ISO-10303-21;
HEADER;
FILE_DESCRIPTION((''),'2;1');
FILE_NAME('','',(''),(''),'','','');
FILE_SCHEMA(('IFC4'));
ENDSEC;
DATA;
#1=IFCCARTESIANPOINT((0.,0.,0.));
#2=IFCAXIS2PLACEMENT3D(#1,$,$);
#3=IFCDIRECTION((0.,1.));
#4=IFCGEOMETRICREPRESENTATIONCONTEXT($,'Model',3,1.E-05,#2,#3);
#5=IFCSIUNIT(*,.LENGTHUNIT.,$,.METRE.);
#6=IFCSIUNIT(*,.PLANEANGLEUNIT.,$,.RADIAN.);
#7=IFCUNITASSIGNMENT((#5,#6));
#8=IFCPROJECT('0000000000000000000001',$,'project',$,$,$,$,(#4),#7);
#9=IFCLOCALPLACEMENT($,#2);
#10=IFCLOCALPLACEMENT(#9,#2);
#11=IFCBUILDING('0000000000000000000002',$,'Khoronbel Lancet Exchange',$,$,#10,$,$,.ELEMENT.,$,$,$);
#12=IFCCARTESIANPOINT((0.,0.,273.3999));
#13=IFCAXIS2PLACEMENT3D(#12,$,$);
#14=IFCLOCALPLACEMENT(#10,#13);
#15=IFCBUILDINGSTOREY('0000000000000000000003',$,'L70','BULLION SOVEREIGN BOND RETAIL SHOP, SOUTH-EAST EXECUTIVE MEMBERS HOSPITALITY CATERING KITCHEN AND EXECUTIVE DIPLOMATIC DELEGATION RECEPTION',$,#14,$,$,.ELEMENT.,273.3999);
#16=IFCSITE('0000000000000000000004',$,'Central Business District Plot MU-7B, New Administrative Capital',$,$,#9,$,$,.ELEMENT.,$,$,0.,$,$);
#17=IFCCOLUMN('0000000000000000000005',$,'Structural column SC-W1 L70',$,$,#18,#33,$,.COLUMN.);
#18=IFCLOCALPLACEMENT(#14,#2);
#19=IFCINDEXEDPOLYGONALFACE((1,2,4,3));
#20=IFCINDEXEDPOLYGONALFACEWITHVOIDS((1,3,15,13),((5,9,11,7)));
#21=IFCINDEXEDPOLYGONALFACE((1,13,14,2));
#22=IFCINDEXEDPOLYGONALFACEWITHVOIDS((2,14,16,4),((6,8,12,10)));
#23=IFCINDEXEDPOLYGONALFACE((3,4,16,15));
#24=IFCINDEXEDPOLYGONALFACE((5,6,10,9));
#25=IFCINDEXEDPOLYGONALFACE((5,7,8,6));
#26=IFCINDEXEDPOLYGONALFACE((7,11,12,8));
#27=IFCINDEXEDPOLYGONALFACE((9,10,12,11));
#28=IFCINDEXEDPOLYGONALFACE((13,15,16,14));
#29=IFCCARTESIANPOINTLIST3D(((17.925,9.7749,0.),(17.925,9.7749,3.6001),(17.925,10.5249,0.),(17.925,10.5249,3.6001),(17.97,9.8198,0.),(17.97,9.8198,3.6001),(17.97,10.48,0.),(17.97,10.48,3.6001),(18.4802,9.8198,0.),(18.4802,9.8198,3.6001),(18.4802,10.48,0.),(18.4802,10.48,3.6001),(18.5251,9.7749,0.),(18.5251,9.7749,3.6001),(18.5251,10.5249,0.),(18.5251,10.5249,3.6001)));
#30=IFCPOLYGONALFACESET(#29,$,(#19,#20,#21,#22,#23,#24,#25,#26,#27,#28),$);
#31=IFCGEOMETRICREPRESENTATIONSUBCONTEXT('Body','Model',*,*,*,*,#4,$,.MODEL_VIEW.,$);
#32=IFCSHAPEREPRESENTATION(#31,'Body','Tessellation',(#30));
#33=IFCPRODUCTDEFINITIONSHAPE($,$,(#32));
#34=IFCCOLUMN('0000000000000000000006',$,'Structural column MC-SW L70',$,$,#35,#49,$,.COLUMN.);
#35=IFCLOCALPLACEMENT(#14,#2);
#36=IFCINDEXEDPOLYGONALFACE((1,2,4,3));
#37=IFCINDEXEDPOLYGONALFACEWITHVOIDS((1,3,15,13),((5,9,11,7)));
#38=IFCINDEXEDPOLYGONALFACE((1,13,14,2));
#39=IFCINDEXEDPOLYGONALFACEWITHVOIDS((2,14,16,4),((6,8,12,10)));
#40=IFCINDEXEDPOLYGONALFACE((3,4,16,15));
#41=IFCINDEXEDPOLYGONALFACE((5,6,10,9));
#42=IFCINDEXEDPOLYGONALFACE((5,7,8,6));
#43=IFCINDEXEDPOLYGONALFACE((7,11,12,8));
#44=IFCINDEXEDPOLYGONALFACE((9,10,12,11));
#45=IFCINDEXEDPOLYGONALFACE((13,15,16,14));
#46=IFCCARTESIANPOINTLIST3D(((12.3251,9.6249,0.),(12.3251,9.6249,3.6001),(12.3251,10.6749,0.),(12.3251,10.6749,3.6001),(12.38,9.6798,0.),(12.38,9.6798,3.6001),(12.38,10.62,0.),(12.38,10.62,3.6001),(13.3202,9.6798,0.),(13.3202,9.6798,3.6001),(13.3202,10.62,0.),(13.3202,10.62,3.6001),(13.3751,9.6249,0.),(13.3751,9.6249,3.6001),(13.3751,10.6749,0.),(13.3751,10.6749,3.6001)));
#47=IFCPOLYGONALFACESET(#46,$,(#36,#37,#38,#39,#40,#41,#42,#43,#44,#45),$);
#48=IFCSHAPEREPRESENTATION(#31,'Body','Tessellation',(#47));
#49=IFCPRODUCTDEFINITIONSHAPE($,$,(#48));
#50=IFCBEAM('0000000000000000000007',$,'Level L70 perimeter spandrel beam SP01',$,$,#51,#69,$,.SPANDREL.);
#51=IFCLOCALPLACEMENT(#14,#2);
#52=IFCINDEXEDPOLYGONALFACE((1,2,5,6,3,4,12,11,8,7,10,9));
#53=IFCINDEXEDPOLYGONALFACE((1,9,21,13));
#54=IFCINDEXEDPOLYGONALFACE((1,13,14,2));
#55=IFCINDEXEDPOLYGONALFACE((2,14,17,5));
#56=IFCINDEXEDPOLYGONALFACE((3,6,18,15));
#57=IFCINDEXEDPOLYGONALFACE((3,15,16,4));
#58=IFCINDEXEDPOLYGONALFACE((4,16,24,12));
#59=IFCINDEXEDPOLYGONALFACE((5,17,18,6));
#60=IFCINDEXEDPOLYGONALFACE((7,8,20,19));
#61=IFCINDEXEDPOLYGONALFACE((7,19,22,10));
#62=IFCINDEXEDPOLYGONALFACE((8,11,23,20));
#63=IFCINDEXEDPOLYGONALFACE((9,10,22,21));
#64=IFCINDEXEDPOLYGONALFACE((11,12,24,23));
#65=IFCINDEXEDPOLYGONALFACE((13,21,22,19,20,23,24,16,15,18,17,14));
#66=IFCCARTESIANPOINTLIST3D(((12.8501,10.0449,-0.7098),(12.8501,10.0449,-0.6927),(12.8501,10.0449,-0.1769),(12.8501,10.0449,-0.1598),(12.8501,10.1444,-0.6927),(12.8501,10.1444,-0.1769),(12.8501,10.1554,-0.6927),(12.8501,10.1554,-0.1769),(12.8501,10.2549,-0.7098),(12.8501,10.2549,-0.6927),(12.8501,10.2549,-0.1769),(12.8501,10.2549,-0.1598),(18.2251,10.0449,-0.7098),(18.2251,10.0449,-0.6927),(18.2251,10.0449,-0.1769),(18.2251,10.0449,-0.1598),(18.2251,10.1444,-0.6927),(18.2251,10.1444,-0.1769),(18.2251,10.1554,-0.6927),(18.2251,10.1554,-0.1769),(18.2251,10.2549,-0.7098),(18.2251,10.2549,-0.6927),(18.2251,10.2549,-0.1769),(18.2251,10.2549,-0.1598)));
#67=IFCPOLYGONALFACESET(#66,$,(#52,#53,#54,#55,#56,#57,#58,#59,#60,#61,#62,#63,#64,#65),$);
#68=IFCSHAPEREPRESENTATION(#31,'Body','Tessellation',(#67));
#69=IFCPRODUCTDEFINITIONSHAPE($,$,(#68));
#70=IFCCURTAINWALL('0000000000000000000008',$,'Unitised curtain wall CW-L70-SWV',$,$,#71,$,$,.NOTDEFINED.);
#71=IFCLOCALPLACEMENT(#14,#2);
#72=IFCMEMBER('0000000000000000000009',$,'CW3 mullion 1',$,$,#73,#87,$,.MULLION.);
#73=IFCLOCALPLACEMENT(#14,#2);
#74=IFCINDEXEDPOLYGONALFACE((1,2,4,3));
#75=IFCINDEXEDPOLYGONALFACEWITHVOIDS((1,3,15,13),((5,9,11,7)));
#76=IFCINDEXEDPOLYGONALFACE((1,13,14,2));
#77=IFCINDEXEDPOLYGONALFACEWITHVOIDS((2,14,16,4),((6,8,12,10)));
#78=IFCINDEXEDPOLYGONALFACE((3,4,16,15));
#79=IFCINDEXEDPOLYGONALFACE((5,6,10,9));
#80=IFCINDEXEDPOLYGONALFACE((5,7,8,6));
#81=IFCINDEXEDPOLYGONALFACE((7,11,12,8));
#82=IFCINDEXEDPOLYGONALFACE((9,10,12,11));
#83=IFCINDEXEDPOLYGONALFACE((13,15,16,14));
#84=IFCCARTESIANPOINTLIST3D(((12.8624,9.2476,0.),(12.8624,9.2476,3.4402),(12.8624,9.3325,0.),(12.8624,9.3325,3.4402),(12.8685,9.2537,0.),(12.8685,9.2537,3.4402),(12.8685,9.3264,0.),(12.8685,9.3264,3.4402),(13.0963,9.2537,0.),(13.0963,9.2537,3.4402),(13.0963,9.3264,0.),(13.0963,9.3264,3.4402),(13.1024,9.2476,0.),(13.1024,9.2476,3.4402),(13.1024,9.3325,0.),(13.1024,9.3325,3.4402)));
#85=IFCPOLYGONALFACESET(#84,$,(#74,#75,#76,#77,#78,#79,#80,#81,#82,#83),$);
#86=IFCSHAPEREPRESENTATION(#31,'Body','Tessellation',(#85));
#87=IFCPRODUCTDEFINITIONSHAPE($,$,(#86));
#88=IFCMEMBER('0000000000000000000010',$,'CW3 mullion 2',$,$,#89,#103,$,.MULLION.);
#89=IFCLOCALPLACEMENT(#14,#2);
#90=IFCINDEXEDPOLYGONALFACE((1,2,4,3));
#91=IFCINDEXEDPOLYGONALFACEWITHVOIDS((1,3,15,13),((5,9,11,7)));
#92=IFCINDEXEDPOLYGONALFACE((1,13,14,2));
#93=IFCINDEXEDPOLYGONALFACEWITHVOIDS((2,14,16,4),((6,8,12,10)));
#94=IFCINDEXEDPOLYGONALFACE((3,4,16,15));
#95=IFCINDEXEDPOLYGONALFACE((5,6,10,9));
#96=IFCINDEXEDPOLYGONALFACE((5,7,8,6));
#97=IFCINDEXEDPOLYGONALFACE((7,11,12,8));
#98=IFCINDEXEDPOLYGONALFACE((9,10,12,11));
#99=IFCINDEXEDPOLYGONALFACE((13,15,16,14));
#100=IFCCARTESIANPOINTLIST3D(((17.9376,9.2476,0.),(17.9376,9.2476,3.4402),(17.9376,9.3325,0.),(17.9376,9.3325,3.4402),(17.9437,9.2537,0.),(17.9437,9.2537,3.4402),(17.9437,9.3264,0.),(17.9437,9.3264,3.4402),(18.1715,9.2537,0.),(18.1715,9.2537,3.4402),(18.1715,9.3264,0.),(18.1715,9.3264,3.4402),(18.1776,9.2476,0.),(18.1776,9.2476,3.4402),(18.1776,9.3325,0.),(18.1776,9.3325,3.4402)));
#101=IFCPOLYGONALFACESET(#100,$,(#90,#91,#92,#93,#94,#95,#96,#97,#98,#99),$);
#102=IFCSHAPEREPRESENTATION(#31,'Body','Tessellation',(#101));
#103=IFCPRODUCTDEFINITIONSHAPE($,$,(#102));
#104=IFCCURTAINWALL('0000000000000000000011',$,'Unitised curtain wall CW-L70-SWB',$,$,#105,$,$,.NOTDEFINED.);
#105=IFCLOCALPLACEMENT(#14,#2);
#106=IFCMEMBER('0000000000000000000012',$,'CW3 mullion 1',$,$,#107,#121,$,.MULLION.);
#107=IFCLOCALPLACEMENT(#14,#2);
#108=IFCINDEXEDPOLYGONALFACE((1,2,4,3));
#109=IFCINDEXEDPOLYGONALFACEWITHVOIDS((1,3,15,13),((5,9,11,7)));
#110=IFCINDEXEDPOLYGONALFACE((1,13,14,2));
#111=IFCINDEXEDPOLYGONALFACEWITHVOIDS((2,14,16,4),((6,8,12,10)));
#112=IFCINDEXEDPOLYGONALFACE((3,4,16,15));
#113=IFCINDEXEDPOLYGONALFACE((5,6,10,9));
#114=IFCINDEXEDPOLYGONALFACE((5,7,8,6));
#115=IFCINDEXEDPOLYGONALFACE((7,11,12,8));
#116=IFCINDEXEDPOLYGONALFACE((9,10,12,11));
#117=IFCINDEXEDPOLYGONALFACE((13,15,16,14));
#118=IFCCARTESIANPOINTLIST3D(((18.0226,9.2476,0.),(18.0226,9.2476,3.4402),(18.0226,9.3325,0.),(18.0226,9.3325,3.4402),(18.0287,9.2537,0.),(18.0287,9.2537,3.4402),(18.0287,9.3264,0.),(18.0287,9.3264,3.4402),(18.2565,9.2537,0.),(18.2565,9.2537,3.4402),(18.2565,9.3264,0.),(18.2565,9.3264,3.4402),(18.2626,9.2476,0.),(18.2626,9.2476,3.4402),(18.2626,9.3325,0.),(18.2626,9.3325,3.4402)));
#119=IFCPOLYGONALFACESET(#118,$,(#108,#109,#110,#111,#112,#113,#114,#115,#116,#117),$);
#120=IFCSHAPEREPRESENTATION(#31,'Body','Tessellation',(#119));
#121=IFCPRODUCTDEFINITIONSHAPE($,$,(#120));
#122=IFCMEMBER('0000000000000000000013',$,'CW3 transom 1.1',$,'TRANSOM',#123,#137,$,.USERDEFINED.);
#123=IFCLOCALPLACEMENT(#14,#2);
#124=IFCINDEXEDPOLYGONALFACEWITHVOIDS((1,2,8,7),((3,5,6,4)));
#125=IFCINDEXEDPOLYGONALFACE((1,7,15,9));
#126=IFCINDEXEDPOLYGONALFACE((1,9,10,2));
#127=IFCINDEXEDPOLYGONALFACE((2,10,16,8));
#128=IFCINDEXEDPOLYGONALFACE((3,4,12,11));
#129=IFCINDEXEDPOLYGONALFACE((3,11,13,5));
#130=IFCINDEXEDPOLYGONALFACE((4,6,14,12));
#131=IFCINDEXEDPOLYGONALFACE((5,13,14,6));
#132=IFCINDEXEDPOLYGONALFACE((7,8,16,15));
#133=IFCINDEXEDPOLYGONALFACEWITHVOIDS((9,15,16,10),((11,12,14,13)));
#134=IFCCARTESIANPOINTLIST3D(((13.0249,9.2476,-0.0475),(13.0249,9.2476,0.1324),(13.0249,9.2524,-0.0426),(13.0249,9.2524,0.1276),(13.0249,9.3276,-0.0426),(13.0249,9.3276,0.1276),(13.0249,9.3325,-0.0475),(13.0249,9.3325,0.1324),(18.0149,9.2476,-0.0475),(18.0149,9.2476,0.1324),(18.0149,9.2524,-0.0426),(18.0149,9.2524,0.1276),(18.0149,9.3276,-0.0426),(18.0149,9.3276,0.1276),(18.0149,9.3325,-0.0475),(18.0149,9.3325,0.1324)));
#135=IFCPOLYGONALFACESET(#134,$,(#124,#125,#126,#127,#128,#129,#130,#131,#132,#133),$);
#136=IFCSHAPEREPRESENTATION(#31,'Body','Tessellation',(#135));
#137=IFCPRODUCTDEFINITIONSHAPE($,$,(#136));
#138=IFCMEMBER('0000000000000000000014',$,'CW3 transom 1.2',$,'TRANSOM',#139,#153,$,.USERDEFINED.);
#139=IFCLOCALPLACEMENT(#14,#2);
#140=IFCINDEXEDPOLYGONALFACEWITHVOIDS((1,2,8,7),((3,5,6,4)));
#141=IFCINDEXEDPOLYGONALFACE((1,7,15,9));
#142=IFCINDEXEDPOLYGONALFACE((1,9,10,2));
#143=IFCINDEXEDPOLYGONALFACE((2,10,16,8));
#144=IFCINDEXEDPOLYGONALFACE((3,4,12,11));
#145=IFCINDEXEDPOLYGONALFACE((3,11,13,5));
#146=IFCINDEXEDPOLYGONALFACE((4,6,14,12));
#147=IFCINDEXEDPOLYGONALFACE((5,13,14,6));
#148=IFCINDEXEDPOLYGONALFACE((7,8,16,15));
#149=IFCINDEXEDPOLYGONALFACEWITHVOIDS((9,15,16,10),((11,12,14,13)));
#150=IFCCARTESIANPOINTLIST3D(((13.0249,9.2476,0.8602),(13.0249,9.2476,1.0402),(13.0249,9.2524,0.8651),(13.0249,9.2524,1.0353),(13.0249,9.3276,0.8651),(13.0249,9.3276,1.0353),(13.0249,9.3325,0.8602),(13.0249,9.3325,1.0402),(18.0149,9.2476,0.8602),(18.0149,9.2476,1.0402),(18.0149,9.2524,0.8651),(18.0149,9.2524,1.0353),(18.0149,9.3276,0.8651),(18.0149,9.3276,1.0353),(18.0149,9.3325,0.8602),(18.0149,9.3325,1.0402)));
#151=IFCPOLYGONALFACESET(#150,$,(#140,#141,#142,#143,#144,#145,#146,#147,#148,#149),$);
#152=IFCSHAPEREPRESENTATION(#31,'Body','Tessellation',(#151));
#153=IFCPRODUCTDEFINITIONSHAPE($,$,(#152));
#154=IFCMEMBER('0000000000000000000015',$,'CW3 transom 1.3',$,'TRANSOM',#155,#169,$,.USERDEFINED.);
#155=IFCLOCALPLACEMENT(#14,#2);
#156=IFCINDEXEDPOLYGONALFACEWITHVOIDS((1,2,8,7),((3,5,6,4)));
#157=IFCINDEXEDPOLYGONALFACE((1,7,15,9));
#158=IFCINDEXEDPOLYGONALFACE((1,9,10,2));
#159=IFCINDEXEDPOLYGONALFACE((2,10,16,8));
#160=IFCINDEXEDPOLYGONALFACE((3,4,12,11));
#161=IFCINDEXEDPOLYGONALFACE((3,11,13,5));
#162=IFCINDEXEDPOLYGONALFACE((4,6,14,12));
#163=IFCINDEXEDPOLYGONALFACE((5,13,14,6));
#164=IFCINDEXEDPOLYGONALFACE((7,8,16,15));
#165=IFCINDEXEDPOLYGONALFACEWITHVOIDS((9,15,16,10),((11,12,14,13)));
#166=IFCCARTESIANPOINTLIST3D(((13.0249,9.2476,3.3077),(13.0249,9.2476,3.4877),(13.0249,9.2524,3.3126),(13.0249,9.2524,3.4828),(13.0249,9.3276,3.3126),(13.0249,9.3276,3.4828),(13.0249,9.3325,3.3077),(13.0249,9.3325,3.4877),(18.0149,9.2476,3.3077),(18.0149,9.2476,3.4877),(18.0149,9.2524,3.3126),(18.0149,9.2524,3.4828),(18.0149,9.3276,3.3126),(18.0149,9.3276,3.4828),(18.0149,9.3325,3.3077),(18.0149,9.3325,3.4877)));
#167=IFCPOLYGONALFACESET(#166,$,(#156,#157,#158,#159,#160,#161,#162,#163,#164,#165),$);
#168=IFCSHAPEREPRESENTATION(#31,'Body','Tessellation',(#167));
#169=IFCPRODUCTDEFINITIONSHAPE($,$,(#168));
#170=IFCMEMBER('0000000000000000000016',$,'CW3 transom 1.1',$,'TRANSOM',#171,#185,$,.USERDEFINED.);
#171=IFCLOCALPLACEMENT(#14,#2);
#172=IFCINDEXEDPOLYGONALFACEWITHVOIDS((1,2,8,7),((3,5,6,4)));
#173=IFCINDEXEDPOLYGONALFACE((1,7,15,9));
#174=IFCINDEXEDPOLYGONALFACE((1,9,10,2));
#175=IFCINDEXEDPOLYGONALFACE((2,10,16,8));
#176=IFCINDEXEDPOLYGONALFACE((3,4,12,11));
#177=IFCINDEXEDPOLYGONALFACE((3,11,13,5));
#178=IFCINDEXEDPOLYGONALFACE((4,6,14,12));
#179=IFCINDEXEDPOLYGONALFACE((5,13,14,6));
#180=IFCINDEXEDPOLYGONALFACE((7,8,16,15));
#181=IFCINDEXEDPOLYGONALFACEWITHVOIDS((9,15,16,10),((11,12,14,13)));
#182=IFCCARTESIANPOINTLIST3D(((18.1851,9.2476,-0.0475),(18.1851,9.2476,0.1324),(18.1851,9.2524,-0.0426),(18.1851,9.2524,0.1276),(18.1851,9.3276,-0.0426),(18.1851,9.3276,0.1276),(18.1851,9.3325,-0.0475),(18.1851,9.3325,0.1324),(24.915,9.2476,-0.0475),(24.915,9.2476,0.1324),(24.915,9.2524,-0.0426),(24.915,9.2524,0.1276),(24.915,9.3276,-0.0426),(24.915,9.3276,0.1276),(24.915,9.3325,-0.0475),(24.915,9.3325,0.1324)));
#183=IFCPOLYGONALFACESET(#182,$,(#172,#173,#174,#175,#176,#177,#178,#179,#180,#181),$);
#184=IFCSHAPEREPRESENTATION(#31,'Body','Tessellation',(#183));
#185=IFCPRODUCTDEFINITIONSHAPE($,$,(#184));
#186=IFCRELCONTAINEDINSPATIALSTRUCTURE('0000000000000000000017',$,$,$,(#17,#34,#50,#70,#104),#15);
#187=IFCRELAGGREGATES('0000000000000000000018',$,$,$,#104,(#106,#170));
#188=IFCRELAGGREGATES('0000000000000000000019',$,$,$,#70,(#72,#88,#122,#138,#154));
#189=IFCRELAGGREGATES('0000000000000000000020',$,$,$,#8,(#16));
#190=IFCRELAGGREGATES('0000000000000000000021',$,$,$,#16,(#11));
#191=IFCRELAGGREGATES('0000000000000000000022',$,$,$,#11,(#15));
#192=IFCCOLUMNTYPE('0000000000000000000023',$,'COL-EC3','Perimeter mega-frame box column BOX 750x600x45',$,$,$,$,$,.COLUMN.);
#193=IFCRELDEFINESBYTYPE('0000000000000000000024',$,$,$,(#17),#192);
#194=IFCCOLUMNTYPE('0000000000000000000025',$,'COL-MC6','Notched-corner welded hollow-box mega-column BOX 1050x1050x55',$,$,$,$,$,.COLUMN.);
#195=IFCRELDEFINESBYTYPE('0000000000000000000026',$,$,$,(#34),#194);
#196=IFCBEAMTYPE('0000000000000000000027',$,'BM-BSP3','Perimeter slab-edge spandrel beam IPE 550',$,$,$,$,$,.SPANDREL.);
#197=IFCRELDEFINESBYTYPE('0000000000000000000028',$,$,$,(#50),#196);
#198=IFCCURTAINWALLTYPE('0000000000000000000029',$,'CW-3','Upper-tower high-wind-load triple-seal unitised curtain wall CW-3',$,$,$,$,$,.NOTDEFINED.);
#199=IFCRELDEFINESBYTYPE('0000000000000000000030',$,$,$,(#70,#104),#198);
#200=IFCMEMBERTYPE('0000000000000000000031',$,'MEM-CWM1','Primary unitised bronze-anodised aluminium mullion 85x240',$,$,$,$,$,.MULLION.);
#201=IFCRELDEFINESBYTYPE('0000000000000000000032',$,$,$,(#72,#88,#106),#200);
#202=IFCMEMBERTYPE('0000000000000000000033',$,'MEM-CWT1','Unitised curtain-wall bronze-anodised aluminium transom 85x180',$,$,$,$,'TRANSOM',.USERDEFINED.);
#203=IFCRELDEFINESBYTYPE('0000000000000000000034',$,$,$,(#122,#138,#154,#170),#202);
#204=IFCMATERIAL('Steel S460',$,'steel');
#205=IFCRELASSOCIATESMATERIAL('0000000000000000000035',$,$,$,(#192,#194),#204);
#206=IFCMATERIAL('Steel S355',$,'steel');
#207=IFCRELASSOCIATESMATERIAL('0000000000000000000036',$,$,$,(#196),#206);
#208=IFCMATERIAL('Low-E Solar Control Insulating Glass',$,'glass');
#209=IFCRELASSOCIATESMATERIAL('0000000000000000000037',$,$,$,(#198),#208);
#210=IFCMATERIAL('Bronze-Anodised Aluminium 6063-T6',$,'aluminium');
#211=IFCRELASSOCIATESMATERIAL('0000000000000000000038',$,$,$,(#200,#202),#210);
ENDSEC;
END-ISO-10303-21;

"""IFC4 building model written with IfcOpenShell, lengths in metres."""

from ifc_helpers import new_model, si_unit, direction, frame, origin, origin_2d, place, context, subcontext, project, spatial, hollow_rectangle, i_section, extrude, material, material_profile, profile_set, type_object, element, aggregate, save


model = new_model("IFC4")

# Units and contexts
model_context = context("Model", 3, precision=1e-05, world=origin(), true_north=direction((0.0, 1.0)))
body_context = subcontext(model_context, "Body", "Model", "MODEL_VIEW")
ifc_project = project(units=[si_unit("LENGTHUNIT", "METRE"), si_unit("PLANEANGLEUNIT", "RADIAN")], contexts=[model_context])

# Site, building, storey
site_placement = place(None, origin())
site = spatial("IfcSite", under=ifc_project, at=site_placement, Name="Central Business District Plot MU-7B, New Administrative Capital", CompositionType="ELEMENT", RefElevation=0.0)
building_placement = place(site_placement, origin())
building = spatial("IfcBuilding", under=site, at=building_placement, Name="Khoronbel Lancet Exchange", CompositionType="ELEMENT")
storey_placement = place(building_placement, frame((0.0, 0.0, 273.3999)))
storey = spatial("IfcBuildingStorey", under=building, at=storey_placement, Name="L70", Description="BULLION SOVEREIGN BOND RETAIL SHOP, SOUTH-EAST EXECUTIVE MEMBERS HOSPITALITY CATERING KITCHEN AND EXECUTIVE DIPLOMATIC DELEGATION RECEPTION", CompositionType="ELEMENT", Elevation=273.3999)

# Columns
ifc_material_1 = material(Name="Steel S460", Category="steel")
ifc_material_profile_1 = material_profile(ifc_material_1, hollow_rectangle(XDim=0.6001, YDim=0.75, WallThickness=0.0449, at=origin_2d()), Name="BOX 750x600x45")
ifc_profile_set_1 = profile_set([ifc_material_profile_1], Name="Steel S460")
column_type_1 = type_object("IfcColumnType", Name="COL-EC3", Description="Perimeter mega-frame box column BOX 750x600x45", PredefinedType="COLUMN", material=ifc_profile_set_1)
column_1_placement = place(storey_placement, frame((18.2251, 10.1499, 0.0), z_axis=(0.0, 0.0, 1.0), x_axis=(1.0, 0.0, 0.0)))
element("IfcColumn", 1, at=column_1_placement, inside=storey, type_object=column_type_1, Name="Structural column SC-W1 L70", PredefinedType="COLUMN", context=body_context, shape_type="SweptSolid", body=[
    extrude(hollow_rectangle(XDim=0.6001, YDim=0.75, WallThickness=0.0449, at=origin_2d()), origin(), (0.0, 0.0, 1.0), 3.6001),
])
ifc_material_profile_2 = material_profile(ifc_material_1, hollow_rectangle(XDim=1.05, YDim=1.05, WallThickness=0.0549, at=origin_2d()), Name="BOX 1050x1050x55")
ifc_profile_set_2 = profile_set([ifc_material_profile_2], Name="Steel S460")
column_type_2 = type_object("IfcColumnType", Name="COL-MC6", Description="Notched-corner welded hollow-box mega-column BOX 1050x1050x55", PredefinedType="COLUMN", material=ifc_profile_set_2)
column_2_placement = place(storey_placement, frame((12.8501, 10.1499, 0.0), z_axis=(0.0, 0.0, 1.0), x_axis=(1.0, 0.0, 0.0)))
element("IfcColumn", 2, at=column_2_placement, inside=storey, type_object=column_type_2, Name="Structural column MC-SW L70", PredefinedType="COLUMN", context=body_context, shape_type="SweptSolid", body=[
    extrude(hollow_rectangle(XDim=1.05, YDim=1.05, WallThickness=0.0549, at=origin_2d()), origin(), (0.0, 0.0, 1.0), 3.6001),
])

# Beam
ifc_material_2 = material(Name="Steel S355", Category="steel")
ifc_material_profile_3 = material_profile(ifc_material_2, i_section(OverallWidth=0.21, OverallDepth=0.55, WebThickness=0.011, FlangeThickness=0.0171, at=origin_2d()), Name="IPE 550")
ifc_profile_set_3 = profile_set([ifc_material_profile_3], Name="Steel S355")
beam_type = type_object("IfcBeamType", Name="BM-BSP3", Description="Perimeter slab-edge spandrel beam IPE 550", PredefinedType="SPANDREL", material=ifc_profile_set_3)
beam_placement = place(storey_placement, frame((12.8501, 10.1499, -0.4348), z_axis=(1.0, 0.0, 0.0), x_axis=(0.0, 1.0, 0.0)))
element("IfcBeam", 3, at=beam_placement, inside=storey, type_object=beam_type, Name="Level L70 perimeter spandrel beam SP01", PredefinedType="SPANDREL", context=body_context, shape_type="SweptSolid", body=[
    extrude(i_section(OverallWidth=0.21, OverallDepth=0.55, WebThickness=0.011, FlangeThickness=0.0171, at=origin_2d()), origin(), (0.0, 0.0, 1.0), 5.375),
])

# Curtain wall, members
ifc_material_3 = material(Name="Low-E Solar Control Insulating Glass", Category="glass")
curtain_wall_type = type_object("IfcCurtainWallType", Name="CW-3", Description="Upper-tower high-wind-load triple-seal unitised curtain wall CW-3", PredefinedType="NOTDEFINED", material=ifc_material_3)
curtain_wall_1_placement = place(storey_placement, origin())
curtain_wall_1 = element("IfcCurtainWall", 4, at=curtain_wall_1_placement, inside=storey, type_object=curtain_wall_type, Name="Unitised curtain wall CW-L70-SWV", PredefinedType="NOTDEFINED")
ifc_material_4 = material(Name="Bronze-Anodised Aluminium 6063-T6", Category="aluminium")
ifc_material_profile_4 = material_profile(ifc_material_4, hollow_rectangle(XDim=0.085, YDim=0.24, WallThickness=0.0061, at=origin_2d()), Name="ALU MULLION 85x240")
ifc_profile_set_4 = profile_set([ifc_material_profile_4], Name="Bronze-Anodised Aluminium 6063-T6")
member_type_1 = type_object("IfcMemberType", Name="MEM-CWM1", Description="Primary unitised bronze-anodised aluminium mullion 85x240", PredefinedType="MULLION", material=ifc_profile_set_4)
member_1_placement = place(storey_placement, frame((12.9824, 9.29, 0.0), z_axis=(0.0, 0.0, 1.0), x_axis=(0.0, 1.0, 0.0)))
member_1 = element("IfcMember", 5, at=member_1_placement, type_object=member_type_1, Name="CW3 mullion 1", PredefinedType="MULLION", context=body_context, shape_type="SweptSolid", body=[
    extrude(hollow_rectangle(XDim=0.085, YDim=0.24, WallThickness=0.0061, at=origin_2d()), origin(), (0.0, 0.0, 1.0), 3.4402),
])
member_2_placement = place(storey_placement, frame((18.0576, 9.29, 0.0), z_axis=(0.0, 0.0, 1.0), x_axis=(0.0, 1.0, 0.0)))
member_2 = element("IfcMember", 6, at=member_2_placement, type_object=member_type_1, Name="CW3 mullion 2", PredefinedType="MULLION", context=body_context, shape_type="SweptSolid", body=[
    extrude(hollow_rectangle(XDim=0.085, YDim=0.24, WallThickness=0.0061, at=origin_2d()), origin(), (0.0, 0.0, 1.0), 3.4402),
])

# Curtain wall, member
curtain_wall_2_placement = place(storey_placement, origin())
curtain_wall_2 = element("IfcCurtainWall", 7, at=curtain_wall_2_placement, inside=storey, type_object=curtain_wall_type, Name="Unitised curtain wall CW-L70-SWB", PredefinedType="NOTDEFINED")
member_3_placement = place(storey_placement, frame((18.1426, 9.29, 0.0), z_axis=(0.0, 0.0, 1.0), x_axis=(0.0, 1.0, 0.0)))
member_3 = element("IfcMember", 8, at=member_3_placement, type_object=member_type_1, Name="CW3 mullion 1", PredefinedType="MULLION", context=body_context, shape_type="SweptSolid", body=[
    extrude(hollow_rectangle(XDim=0.085, YDim=0.24, WallThickness=0.0061, at=origin_2d()), origin(), (0.0, 0.0, 1.0), 3.4402),
])

# Members
ifc_material_profile_5 = material_profile(ifc_material_4, hollow_rectangle(XDim=0.085, YDim=0.1799, WallThickness=0.0049, at=origin_2d()), Name="ALU TRANSOM 85x180")
ifc_profile_set_5 = profile_set([ifc_material_profile_5], Name="Bronze-Anodised Aluminium 6063-T6")
member_type_2 = type_object("IfcMemberType", Name="MEM-CWT1", Description="Unitised curtain-wall bronze-anodised aluminium transom 85x180", ElementType="TRANSOM", PredefinedType="USERDEFINED", material=ifc_profile_set_5)
member_4_placement = place(storey_placement, frame((13.0249, 9.29, 0.0425), z_axis=(1.0, 0.0, 0.0), x_axis=(0.0, 1.0, 0.0)))
member_4 = element("IfcMember", 9, at=member_4_placement, type_object=member_type_2, Name="CW3 transom 1.1", ObjectType="TRANSOM", PredefinedType="USERDEFINED", context=body_context, shape_type="SweptSolid", body=[
    extrude(hollow_rectangle(XDim=0.085, YDim=0.1799, WallThickness=0.0049, at=origin_2d()), origin(), (0.0, 0.0, 1.0), 4.99),
])
member_5_placement = place(storey_placement, frame((13.0249, 9.29, 0.9502), z_axis=(1.0, 0.0, 0.0), x_axis=(0.0, 1.0, 0.0)))
member_5 = element("IfcMember", 10, at=member_5_placement, type_object=member_type_2, Name="CW3 transom 1.2", ObjectType="TRANSOM", PredefinedType="USERDEFINED", context=body_context, shape_type="SweptSolid", body=[
    extrude(hollow_rectangle(XDim=0.085, YDim=0.1799, WallThickness=0.0049, at=origin_2d()), origin(), (0.0, 0.0, 1.0), 4.99),
])
member_6_placement = place(storey_placement, frame((13.0249, 9.29, 3.3977), z_axis=(1.0, 0.0, 0.0), x_axis=(0.0, 1.0, 0.0)))
member_6 = element("IfcMember", 11, at=member_6_placement, type_object=member_type_2, Name="CW3 transom 1.3", ObjectType="TRANSOM", PredefinedType="USERDEFINED", context=body_context, shape_type="SweptSolid", body=[
    extrude(hollow_rectangle(XDim=0.085, YDim=0.1799, WallThickness=0.0049, at=origin_2d()), origin(), (0.0, 0.0, 1.0), 4.99),
])
member_7_placement = place(storey_placement, frame((18.1851, 9.29, 0.0425), z_axis=(1.0, 0.0, 0.0), x_axis=(0.0, 1.0, 0.0)))
member_7 = element("IfcMember", 12, at=member_7_placement, type_object=member_type_2, Name="CW3 transom 1.1", ObjectType="TRANSOM", PredefinedType="USERDEFINED", context=body_context, shape_type="SweptSolid", body=[
    extrude(hollow_rectangle(XDim=0.085, YDim=0.1799, WallThickness=0.0049, at=origin_2d()), origin(), (0.0, 0.0, 1.0), 6.73),
])
aggregate(curtain_wall_2, [member_3, member_7])

aggregate(curtain_wall_1, [member_1, member_2, member_4, member_5, member_6])

save(model, "model.ifc")
